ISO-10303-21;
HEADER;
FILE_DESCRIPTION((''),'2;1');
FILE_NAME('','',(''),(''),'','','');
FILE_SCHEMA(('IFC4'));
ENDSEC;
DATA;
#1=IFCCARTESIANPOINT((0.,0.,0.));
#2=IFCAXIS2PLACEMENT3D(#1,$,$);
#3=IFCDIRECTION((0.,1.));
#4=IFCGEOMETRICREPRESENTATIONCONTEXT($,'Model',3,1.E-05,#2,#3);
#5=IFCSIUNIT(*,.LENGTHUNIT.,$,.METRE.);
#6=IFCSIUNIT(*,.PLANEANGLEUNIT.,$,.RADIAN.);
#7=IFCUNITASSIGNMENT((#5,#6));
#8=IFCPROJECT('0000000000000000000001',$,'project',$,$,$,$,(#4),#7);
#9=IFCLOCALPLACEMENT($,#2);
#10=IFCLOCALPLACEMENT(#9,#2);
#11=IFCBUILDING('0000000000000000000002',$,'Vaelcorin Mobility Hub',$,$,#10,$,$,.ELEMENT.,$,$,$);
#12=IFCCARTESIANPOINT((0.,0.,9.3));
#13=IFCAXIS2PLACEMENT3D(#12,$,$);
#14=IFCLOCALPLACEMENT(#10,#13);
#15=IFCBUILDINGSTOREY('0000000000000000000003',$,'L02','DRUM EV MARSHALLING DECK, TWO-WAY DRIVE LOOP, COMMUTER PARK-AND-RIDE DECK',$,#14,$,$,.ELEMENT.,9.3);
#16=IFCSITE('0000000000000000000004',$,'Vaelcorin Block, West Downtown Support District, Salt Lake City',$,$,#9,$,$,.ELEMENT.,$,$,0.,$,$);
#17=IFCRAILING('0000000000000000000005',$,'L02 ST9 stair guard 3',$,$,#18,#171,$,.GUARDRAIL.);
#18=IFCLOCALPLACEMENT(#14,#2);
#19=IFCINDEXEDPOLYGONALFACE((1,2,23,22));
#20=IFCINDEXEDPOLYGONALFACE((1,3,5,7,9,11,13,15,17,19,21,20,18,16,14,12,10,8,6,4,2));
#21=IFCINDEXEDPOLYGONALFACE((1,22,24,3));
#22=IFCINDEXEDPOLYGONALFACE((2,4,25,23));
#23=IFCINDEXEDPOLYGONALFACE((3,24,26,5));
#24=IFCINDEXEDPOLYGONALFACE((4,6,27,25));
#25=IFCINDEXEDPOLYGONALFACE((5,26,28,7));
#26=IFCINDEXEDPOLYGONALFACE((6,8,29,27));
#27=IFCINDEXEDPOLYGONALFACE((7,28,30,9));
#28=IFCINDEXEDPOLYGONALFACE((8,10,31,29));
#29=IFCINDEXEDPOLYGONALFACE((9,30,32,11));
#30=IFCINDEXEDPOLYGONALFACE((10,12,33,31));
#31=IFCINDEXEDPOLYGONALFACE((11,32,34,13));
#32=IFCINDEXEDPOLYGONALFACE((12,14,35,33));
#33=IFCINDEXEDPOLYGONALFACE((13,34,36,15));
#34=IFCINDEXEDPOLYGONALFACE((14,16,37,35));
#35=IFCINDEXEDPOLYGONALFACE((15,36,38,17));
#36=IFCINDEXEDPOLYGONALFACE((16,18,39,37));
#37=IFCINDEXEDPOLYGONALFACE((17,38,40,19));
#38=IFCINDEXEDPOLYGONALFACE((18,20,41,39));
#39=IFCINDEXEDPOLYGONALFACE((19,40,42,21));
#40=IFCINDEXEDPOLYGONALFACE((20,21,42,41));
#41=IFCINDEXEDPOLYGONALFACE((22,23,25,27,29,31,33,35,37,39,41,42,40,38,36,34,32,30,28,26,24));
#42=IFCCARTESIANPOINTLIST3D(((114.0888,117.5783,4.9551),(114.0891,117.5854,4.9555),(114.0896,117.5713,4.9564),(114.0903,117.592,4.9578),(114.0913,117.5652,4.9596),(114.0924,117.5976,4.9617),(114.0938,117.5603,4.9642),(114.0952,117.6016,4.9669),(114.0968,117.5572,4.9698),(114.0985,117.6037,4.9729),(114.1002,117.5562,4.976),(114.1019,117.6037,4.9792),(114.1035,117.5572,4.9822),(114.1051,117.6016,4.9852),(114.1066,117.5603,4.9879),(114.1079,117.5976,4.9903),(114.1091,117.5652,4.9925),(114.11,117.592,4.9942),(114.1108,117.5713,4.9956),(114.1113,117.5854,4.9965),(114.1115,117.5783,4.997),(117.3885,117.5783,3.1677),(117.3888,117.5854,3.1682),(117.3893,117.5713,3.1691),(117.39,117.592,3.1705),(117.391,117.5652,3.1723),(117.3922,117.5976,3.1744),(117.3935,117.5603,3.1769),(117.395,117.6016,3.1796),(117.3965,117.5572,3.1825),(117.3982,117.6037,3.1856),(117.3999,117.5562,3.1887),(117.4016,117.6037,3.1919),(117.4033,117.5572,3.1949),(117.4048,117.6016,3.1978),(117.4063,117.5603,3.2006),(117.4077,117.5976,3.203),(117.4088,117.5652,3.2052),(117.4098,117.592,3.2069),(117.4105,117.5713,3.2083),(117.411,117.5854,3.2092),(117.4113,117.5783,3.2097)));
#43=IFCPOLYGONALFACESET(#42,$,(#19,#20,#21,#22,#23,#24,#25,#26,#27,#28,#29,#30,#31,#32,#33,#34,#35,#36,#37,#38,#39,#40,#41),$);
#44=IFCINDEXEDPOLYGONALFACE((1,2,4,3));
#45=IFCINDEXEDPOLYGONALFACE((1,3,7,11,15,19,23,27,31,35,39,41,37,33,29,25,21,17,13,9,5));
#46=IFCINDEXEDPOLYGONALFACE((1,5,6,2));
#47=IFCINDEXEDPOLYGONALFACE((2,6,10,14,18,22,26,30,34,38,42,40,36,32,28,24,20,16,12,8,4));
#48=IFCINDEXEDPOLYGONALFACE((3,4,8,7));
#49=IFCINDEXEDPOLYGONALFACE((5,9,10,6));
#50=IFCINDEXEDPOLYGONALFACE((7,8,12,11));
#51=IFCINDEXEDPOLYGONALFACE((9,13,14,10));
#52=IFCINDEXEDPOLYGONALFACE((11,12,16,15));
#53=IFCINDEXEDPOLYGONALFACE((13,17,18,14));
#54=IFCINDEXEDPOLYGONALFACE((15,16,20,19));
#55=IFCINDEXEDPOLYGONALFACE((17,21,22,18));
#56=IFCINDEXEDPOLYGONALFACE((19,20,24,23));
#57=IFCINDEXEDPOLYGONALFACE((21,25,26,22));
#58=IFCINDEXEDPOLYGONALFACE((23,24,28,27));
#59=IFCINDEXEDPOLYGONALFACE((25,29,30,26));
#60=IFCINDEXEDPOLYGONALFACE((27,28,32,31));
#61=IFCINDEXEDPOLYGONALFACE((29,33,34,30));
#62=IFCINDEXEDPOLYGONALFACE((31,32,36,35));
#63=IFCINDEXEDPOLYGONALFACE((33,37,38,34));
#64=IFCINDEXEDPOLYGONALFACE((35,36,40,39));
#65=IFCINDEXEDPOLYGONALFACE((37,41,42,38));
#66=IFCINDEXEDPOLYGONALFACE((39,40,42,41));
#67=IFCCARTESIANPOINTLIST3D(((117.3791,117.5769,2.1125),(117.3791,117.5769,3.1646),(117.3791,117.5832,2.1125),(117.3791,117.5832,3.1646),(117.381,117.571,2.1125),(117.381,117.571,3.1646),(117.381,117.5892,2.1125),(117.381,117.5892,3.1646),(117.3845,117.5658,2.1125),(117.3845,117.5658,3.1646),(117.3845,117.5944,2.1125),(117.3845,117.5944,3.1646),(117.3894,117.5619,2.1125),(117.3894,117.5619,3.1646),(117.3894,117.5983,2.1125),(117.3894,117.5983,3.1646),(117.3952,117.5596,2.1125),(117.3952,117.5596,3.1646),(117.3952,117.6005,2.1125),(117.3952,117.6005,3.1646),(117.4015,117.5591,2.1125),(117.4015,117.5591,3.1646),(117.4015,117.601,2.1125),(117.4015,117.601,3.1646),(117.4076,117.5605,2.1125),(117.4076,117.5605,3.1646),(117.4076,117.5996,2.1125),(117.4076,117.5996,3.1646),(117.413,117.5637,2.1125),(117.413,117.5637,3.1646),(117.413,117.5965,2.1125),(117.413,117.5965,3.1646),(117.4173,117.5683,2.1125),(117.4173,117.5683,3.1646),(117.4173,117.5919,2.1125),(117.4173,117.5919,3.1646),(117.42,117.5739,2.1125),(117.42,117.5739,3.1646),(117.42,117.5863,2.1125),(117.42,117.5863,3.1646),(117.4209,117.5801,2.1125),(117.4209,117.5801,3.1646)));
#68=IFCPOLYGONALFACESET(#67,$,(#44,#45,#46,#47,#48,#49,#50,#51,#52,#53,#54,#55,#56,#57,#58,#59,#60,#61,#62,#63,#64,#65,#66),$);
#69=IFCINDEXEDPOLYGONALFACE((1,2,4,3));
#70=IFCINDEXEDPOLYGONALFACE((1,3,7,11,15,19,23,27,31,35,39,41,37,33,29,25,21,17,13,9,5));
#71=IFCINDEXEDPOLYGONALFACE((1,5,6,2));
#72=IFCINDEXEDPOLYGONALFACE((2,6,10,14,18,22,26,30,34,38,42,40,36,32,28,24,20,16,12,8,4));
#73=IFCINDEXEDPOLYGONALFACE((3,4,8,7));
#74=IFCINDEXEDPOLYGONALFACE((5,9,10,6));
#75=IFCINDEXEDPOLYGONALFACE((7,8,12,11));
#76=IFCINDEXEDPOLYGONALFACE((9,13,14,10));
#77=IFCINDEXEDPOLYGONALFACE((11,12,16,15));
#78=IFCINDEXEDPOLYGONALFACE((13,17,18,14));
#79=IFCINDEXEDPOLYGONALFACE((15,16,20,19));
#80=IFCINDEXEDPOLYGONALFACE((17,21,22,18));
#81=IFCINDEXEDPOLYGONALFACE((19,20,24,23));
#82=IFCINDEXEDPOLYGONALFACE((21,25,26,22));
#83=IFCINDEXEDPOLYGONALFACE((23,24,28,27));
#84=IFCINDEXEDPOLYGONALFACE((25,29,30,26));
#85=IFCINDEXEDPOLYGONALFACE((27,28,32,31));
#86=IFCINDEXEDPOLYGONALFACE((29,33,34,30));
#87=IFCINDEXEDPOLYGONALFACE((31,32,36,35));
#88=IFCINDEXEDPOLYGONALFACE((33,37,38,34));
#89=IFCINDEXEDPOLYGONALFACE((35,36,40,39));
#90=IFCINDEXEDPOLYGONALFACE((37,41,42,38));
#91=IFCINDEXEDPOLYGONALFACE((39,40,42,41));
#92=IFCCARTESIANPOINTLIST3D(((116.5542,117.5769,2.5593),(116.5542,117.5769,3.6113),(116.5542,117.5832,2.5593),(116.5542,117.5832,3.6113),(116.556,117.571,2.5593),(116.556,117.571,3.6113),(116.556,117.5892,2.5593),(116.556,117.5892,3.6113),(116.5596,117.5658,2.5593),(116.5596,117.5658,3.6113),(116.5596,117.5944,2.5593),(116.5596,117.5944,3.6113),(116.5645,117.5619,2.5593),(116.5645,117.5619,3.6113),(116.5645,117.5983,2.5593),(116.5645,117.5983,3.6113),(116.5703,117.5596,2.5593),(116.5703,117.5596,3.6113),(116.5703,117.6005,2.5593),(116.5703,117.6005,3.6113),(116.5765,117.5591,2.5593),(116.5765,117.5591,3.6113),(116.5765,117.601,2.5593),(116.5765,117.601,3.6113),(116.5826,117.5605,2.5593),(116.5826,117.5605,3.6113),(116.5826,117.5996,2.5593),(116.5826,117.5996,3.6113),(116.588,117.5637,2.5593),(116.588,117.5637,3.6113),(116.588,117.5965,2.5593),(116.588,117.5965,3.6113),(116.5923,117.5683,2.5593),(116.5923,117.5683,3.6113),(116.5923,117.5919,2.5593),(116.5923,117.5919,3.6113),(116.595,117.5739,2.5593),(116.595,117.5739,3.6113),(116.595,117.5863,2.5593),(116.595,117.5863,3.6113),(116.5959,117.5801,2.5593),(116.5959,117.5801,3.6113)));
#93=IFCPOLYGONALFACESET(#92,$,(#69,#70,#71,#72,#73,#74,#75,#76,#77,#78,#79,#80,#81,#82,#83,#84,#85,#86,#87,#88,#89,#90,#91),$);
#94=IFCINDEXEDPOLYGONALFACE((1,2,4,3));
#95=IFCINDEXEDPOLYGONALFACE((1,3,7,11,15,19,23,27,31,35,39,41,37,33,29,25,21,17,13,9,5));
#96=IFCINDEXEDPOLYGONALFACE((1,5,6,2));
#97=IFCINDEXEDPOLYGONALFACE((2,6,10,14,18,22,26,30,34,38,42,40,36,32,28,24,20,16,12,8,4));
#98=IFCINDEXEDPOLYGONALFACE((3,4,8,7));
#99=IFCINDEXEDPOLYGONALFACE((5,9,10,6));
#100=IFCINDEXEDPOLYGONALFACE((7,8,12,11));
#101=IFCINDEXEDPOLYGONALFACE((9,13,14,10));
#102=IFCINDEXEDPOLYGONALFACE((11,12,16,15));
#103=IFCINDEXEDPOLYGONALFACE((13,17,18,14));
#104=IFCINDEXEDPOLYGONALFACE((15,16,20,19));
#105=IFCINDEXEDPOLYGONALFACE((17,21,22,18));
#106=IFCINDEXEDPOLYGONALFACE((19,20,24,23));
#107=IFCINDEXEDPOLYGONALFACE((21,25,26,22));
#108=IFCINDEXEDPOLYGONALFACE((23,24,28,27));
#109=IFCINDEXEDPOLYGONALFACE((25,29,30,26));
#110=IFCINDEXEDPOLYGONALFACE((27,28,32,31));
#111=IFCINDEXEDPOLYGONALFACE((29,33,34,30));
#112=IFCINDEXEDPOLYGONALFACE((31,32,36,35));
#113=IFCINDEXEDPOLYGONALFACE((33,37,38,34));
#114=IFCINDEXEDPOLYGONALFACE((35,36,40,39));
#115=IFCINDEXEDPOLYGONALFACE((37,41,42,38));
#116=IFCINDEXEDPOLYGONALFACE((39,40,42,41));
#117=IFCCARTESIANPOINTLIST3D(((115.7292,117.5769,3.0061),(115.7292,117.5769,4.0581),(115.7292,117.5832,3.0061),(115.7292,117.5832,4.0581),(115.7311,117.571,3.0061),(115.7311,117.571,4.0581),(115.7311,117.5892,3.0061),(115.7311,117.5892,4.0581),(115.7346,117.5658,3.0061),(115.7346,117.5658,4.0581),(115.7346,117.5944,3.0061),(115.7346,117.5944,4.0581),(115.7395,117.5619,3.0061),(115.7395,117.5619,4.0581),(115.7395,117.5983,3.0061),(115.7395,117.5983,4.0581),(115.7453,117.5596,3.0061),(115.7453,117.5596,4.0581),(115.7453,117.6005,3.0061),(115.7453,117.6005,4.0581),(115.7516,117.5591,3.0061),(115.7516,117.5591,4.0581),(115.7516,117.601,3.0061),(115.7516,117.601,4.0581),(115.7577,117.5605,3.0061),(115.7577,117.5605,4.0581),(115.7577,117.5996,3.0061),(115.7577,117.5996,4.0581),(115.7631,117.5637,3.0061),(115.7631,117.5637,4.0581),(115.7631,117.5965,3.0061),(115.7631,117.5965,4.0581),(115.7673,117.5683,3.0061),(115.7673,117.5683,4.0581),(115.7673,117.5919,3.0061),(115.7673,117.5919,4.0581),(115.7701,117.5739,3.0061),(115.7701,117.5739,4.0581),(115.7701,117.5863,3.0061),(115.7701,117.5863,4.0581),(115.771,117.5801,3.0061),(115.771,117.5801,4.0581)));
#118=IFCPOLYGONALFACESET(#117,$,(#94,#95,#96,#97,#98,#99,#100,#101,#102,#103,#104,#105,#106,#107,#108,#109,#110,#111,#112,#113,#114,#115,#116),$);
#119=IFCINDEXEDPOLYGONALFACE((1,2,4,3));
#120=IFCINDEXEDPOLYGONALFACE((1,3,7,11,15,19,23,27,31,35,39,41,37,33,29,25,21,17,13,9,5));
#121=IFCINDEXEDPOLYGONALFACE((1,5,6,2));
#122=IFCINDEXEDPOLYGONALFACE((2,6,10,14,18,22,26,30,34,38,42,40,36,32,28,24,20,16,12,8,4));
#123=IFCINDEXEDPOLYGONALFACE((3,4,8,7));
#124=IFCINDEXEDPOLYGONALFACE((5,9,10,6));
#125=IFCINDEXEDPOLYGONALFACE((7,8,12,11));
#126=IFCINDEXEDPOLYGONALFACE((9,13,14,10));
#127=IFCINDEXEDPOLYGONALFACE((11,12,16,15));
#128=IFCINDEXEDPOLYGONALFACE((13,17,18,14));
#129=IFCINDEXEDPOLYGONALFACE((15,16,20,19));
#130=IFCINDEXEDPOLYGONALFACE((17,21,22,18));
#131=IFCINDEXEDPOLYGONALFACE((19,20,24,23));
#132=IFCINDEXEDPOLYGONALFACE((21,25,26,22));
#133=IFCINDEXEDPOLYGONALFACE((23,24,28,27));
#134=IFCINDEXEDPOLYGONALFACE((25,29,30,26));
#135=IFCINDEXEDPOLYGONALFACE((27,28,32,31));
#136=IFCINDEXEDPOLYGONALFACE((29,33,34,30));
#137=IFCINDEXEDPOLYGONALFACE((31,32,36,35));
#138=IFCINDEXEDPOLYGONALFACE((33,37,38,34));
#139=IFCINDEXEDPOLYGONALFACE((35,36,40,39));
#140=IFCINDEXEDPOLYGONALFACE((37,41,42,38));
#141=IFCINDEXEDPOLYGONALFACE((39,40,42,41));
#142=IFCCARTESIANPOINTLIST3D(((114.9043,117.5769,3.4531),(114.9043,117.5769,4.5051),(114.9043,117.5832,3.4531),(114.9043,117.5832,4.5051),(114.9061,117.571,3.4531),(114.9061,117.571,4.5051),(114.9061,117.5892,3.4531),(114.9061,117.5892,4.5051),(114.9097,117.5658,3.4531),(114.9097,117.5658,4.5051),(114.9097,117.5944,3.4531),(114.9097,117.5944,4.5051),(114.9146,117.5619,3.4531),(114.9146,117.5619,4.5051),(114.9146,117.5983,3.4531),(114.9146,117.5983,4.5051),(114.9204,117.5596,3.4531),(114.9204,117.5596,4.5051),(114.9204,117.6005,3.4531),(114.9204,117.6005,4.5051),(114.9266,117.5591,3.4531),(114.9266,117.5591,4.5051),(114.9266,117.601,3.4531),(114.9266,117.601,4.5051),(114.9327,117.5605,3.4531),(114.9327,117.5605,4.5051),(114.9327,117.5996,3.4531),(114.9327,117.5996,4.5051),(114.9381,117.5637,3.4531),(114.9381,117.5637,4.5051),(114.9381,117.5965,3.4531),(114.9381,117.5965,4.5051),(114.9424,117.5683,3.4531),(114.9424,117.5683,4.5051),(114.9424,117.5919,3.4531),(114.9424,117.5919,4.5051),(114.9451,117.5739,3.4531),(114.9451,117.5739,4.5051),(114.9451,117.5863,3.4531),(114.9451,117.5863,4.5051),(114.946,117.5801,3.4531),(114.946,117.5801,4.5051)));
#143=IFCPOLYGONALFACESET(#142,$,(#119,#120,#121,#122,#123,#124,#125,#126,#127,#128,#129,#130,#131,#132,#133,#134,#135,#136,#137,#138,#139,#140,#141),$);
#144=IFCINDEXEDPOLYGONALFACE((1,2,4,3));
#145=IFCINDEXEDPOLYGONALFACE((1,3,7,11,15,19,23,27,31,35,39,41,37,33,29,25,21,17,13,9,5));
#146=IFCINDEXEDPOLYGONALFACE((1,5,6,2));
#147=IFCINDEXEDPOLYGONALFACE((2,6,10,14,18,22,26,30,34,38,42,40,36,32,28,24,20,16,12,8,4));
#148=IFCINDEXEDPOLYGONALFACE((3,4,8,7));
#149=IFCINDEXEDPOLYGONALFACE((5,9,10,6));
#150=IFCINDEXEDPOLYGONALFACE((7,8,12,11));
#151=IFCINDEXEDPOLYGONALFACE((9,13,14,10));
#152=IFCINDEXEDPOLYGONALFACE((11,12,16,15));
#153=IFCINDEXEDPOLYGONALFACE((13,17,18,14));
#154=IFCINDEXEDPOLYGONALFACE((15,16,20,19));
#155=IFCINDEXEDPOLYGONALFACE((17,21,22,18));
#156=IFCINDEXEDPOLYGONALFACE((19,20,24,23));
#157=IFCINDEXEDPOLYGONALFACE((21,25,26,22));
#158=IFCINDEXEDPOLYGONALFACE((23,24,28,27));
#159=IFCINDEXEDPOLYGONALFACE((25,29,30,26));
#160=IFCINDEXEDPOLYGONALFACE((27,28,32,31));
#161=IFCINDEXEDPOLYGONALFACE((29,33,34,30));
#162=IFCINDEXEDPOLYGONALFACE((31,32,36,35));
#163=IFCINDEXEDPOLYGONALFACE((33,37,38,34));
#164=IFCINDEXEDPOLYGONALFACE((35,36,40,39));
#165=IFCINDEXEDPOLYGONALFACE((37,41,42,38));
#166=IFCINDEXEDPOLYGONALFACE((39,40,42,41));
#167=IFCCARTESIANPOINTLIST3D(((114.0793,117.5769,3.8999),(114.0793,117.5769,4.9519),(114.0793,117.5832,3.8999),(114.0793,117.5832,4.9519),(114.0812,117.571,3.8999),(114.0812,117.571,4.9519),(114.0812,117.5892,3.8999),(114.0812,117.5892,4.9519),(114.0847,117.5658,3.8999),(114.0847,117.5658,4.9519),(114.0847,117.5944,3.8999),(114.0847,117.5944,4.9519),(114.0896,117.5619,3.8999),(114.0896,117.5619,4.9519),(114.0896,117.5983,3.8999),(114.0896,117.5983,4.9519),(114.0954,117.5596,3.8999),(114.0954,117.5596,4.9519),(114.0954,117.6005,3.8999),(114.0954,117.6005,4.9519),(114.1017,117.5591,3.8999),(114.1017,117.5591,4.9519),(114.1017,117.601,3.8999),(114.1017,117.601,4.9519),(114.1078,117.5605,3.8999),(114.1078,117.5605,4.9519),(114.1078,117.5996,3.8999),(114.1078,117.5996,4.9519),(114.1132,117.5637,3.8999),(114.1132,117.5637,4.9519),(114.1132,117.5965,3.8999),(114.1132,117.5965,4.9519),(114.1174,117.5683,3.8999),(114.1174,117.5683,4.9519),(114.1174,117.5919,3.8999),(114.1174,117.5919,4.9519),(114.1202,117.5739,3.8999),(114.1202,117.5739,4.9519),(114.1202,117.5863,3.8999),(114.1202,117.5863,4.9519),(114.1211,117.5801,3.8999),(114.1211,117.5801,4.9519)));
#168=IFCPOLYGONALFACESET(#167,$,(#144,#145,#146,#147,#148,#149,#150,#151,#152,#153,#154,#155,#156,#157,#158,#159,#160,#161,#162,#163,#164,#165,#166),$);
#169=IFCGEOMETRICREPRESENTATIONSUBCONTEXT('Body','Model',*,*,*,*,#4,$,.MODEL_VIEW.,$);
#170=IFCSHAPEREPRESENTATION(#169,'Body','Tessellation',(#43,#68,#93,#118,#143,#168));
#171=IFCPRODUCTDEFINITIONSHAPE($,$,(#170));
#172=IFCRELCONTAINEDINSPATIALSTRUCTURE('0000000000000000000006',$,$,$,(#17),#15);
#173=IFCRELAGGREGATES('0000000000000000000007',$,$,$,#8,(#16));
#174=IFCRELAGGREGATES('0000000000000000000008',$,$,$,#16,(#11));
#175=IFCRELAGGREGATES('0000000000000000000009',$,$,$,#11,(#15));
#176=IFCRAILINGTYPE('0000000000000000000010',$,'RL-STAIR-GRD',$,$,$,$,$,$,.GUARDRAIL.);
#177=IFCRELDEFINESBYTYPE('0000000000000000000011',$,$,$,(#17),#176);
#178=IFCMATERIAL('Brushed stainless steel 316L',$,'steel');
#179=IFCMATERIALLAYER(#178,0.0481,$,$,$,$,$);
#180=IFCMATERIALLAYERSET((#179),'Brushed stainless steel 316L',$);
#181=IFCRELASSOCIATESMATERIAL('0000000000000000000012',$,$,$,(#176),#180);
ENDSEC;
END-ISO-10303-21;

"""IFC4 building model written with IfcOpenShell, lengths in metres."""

from ifc_helpers import new_model, si_unit, direction, frame, origin, origin_2d, place, context, subcontext, project, spatial, circle, extrude, material, layer, layer_set, type_object, element, save


model = new_model("IFC4")

# Units and contexts
model_context = context("Model", 3, precision=1e-05, world=origin(), true_north=direction((0.0, 1.0)))
body_context = subcontext(model_context, "Body", "Model", "MODEL_VIEW")
ifc_project = project(units=[si_unit("LENGTHUNIT", "METRE"), si_unit("PLANEANGLEUNIT", "RADIAN")], contexts=[model_context])

# Site, building, storey
site_placement = place(None, origin())
site = spatial("IfcSite", under=ifc_project, at=site_placement, Name="Vaelcorin Block, West Downtown Support District, Salt Lake City", CompositionType="ELEMENT", RefElevation=0.0)
building_placement = place(site_placement, origin())
building = spatial("IfcBuilding", under=site, at=building_placement, Name="Vaelcorin Mobility Hub", CompositionType="ELEMENT")
storey_placement = place(building_placement, frame((0.0, 0.0, 9.3)))
storey = spatial("IfcBuildingStorey", under=building, at=storey_placement, Name="L02", Description="DRUM EV MARSHALLING DECK, TWO-WAY DRIVE LOOP, COMMUTER PARK-AND-RIDE DECK", CompositionType="ELEMENT", Elevation=9.3)

# Railing
ifc_material_1 = material(Name="Brushed stainless steel 316L", Category="steel")
ifc_layer_1 = layer(ifc_material_1, 0.0481)
ifc_layer_set_1 = layer_set([ifc_layer_1], Name="Brushed stainless steel 316L")
railing_type_1 = type_object("IfcRailingType", Name="RL-STAIR-GRD", PredefinedType="GUARDRAIL", material=ifc_layer_set_1)
railing_1_placement = place(storey_placement, frame((117.3999, 117.5801, 2.1125)))
element("IfcRailing", 1, at=railing_1_placement, inside=storey, type_object=railing_type_1, Name="L02 ST9 stair guard 3", PredefinedType="GUARDRAIL", context=body_context, shape_type="SweptSolid", body=[
    extrude(circle(Radius=0.0239, at=origin_2d()), frame((0.0, 0.0, 1.0762), z_axis=(-0.879297, 0.0, 0.476275), x_axis=(0.0, -1.0, 0.0)), (0.0, 0.0, 1.0), 3.7527),
    extrude(circle(Radius=0.021, at=origin_2d()), origin(), (0.0, 0.0, 1.0), 1.052),
    extrude(circle(Radius=0.021, at=origin_2d()), frame((-0.825, 0.0, 0.4468)), (0.0, 0.0, 1.0), 1.052),
    extrude(circle(Radius=0.021, at=origin_2d()), frame((-1.6499, 0.0, 0.8936)), (0.0, 0.0, 1.0), 1.052),
    extrude(circle(Radius=0.021, at=origin_2d()), frame((-2.4749, 0.0, 1.3406)), (0.0, 0.0, 1.0), 1.052),
    extrude(circle(Radius=0.021, at=origin_2d()), frame((-3.2998, 0.0, 1.7874)), (0.0, 0.0, 1.0), 1.052),
])

save(model, "model.ifc")
